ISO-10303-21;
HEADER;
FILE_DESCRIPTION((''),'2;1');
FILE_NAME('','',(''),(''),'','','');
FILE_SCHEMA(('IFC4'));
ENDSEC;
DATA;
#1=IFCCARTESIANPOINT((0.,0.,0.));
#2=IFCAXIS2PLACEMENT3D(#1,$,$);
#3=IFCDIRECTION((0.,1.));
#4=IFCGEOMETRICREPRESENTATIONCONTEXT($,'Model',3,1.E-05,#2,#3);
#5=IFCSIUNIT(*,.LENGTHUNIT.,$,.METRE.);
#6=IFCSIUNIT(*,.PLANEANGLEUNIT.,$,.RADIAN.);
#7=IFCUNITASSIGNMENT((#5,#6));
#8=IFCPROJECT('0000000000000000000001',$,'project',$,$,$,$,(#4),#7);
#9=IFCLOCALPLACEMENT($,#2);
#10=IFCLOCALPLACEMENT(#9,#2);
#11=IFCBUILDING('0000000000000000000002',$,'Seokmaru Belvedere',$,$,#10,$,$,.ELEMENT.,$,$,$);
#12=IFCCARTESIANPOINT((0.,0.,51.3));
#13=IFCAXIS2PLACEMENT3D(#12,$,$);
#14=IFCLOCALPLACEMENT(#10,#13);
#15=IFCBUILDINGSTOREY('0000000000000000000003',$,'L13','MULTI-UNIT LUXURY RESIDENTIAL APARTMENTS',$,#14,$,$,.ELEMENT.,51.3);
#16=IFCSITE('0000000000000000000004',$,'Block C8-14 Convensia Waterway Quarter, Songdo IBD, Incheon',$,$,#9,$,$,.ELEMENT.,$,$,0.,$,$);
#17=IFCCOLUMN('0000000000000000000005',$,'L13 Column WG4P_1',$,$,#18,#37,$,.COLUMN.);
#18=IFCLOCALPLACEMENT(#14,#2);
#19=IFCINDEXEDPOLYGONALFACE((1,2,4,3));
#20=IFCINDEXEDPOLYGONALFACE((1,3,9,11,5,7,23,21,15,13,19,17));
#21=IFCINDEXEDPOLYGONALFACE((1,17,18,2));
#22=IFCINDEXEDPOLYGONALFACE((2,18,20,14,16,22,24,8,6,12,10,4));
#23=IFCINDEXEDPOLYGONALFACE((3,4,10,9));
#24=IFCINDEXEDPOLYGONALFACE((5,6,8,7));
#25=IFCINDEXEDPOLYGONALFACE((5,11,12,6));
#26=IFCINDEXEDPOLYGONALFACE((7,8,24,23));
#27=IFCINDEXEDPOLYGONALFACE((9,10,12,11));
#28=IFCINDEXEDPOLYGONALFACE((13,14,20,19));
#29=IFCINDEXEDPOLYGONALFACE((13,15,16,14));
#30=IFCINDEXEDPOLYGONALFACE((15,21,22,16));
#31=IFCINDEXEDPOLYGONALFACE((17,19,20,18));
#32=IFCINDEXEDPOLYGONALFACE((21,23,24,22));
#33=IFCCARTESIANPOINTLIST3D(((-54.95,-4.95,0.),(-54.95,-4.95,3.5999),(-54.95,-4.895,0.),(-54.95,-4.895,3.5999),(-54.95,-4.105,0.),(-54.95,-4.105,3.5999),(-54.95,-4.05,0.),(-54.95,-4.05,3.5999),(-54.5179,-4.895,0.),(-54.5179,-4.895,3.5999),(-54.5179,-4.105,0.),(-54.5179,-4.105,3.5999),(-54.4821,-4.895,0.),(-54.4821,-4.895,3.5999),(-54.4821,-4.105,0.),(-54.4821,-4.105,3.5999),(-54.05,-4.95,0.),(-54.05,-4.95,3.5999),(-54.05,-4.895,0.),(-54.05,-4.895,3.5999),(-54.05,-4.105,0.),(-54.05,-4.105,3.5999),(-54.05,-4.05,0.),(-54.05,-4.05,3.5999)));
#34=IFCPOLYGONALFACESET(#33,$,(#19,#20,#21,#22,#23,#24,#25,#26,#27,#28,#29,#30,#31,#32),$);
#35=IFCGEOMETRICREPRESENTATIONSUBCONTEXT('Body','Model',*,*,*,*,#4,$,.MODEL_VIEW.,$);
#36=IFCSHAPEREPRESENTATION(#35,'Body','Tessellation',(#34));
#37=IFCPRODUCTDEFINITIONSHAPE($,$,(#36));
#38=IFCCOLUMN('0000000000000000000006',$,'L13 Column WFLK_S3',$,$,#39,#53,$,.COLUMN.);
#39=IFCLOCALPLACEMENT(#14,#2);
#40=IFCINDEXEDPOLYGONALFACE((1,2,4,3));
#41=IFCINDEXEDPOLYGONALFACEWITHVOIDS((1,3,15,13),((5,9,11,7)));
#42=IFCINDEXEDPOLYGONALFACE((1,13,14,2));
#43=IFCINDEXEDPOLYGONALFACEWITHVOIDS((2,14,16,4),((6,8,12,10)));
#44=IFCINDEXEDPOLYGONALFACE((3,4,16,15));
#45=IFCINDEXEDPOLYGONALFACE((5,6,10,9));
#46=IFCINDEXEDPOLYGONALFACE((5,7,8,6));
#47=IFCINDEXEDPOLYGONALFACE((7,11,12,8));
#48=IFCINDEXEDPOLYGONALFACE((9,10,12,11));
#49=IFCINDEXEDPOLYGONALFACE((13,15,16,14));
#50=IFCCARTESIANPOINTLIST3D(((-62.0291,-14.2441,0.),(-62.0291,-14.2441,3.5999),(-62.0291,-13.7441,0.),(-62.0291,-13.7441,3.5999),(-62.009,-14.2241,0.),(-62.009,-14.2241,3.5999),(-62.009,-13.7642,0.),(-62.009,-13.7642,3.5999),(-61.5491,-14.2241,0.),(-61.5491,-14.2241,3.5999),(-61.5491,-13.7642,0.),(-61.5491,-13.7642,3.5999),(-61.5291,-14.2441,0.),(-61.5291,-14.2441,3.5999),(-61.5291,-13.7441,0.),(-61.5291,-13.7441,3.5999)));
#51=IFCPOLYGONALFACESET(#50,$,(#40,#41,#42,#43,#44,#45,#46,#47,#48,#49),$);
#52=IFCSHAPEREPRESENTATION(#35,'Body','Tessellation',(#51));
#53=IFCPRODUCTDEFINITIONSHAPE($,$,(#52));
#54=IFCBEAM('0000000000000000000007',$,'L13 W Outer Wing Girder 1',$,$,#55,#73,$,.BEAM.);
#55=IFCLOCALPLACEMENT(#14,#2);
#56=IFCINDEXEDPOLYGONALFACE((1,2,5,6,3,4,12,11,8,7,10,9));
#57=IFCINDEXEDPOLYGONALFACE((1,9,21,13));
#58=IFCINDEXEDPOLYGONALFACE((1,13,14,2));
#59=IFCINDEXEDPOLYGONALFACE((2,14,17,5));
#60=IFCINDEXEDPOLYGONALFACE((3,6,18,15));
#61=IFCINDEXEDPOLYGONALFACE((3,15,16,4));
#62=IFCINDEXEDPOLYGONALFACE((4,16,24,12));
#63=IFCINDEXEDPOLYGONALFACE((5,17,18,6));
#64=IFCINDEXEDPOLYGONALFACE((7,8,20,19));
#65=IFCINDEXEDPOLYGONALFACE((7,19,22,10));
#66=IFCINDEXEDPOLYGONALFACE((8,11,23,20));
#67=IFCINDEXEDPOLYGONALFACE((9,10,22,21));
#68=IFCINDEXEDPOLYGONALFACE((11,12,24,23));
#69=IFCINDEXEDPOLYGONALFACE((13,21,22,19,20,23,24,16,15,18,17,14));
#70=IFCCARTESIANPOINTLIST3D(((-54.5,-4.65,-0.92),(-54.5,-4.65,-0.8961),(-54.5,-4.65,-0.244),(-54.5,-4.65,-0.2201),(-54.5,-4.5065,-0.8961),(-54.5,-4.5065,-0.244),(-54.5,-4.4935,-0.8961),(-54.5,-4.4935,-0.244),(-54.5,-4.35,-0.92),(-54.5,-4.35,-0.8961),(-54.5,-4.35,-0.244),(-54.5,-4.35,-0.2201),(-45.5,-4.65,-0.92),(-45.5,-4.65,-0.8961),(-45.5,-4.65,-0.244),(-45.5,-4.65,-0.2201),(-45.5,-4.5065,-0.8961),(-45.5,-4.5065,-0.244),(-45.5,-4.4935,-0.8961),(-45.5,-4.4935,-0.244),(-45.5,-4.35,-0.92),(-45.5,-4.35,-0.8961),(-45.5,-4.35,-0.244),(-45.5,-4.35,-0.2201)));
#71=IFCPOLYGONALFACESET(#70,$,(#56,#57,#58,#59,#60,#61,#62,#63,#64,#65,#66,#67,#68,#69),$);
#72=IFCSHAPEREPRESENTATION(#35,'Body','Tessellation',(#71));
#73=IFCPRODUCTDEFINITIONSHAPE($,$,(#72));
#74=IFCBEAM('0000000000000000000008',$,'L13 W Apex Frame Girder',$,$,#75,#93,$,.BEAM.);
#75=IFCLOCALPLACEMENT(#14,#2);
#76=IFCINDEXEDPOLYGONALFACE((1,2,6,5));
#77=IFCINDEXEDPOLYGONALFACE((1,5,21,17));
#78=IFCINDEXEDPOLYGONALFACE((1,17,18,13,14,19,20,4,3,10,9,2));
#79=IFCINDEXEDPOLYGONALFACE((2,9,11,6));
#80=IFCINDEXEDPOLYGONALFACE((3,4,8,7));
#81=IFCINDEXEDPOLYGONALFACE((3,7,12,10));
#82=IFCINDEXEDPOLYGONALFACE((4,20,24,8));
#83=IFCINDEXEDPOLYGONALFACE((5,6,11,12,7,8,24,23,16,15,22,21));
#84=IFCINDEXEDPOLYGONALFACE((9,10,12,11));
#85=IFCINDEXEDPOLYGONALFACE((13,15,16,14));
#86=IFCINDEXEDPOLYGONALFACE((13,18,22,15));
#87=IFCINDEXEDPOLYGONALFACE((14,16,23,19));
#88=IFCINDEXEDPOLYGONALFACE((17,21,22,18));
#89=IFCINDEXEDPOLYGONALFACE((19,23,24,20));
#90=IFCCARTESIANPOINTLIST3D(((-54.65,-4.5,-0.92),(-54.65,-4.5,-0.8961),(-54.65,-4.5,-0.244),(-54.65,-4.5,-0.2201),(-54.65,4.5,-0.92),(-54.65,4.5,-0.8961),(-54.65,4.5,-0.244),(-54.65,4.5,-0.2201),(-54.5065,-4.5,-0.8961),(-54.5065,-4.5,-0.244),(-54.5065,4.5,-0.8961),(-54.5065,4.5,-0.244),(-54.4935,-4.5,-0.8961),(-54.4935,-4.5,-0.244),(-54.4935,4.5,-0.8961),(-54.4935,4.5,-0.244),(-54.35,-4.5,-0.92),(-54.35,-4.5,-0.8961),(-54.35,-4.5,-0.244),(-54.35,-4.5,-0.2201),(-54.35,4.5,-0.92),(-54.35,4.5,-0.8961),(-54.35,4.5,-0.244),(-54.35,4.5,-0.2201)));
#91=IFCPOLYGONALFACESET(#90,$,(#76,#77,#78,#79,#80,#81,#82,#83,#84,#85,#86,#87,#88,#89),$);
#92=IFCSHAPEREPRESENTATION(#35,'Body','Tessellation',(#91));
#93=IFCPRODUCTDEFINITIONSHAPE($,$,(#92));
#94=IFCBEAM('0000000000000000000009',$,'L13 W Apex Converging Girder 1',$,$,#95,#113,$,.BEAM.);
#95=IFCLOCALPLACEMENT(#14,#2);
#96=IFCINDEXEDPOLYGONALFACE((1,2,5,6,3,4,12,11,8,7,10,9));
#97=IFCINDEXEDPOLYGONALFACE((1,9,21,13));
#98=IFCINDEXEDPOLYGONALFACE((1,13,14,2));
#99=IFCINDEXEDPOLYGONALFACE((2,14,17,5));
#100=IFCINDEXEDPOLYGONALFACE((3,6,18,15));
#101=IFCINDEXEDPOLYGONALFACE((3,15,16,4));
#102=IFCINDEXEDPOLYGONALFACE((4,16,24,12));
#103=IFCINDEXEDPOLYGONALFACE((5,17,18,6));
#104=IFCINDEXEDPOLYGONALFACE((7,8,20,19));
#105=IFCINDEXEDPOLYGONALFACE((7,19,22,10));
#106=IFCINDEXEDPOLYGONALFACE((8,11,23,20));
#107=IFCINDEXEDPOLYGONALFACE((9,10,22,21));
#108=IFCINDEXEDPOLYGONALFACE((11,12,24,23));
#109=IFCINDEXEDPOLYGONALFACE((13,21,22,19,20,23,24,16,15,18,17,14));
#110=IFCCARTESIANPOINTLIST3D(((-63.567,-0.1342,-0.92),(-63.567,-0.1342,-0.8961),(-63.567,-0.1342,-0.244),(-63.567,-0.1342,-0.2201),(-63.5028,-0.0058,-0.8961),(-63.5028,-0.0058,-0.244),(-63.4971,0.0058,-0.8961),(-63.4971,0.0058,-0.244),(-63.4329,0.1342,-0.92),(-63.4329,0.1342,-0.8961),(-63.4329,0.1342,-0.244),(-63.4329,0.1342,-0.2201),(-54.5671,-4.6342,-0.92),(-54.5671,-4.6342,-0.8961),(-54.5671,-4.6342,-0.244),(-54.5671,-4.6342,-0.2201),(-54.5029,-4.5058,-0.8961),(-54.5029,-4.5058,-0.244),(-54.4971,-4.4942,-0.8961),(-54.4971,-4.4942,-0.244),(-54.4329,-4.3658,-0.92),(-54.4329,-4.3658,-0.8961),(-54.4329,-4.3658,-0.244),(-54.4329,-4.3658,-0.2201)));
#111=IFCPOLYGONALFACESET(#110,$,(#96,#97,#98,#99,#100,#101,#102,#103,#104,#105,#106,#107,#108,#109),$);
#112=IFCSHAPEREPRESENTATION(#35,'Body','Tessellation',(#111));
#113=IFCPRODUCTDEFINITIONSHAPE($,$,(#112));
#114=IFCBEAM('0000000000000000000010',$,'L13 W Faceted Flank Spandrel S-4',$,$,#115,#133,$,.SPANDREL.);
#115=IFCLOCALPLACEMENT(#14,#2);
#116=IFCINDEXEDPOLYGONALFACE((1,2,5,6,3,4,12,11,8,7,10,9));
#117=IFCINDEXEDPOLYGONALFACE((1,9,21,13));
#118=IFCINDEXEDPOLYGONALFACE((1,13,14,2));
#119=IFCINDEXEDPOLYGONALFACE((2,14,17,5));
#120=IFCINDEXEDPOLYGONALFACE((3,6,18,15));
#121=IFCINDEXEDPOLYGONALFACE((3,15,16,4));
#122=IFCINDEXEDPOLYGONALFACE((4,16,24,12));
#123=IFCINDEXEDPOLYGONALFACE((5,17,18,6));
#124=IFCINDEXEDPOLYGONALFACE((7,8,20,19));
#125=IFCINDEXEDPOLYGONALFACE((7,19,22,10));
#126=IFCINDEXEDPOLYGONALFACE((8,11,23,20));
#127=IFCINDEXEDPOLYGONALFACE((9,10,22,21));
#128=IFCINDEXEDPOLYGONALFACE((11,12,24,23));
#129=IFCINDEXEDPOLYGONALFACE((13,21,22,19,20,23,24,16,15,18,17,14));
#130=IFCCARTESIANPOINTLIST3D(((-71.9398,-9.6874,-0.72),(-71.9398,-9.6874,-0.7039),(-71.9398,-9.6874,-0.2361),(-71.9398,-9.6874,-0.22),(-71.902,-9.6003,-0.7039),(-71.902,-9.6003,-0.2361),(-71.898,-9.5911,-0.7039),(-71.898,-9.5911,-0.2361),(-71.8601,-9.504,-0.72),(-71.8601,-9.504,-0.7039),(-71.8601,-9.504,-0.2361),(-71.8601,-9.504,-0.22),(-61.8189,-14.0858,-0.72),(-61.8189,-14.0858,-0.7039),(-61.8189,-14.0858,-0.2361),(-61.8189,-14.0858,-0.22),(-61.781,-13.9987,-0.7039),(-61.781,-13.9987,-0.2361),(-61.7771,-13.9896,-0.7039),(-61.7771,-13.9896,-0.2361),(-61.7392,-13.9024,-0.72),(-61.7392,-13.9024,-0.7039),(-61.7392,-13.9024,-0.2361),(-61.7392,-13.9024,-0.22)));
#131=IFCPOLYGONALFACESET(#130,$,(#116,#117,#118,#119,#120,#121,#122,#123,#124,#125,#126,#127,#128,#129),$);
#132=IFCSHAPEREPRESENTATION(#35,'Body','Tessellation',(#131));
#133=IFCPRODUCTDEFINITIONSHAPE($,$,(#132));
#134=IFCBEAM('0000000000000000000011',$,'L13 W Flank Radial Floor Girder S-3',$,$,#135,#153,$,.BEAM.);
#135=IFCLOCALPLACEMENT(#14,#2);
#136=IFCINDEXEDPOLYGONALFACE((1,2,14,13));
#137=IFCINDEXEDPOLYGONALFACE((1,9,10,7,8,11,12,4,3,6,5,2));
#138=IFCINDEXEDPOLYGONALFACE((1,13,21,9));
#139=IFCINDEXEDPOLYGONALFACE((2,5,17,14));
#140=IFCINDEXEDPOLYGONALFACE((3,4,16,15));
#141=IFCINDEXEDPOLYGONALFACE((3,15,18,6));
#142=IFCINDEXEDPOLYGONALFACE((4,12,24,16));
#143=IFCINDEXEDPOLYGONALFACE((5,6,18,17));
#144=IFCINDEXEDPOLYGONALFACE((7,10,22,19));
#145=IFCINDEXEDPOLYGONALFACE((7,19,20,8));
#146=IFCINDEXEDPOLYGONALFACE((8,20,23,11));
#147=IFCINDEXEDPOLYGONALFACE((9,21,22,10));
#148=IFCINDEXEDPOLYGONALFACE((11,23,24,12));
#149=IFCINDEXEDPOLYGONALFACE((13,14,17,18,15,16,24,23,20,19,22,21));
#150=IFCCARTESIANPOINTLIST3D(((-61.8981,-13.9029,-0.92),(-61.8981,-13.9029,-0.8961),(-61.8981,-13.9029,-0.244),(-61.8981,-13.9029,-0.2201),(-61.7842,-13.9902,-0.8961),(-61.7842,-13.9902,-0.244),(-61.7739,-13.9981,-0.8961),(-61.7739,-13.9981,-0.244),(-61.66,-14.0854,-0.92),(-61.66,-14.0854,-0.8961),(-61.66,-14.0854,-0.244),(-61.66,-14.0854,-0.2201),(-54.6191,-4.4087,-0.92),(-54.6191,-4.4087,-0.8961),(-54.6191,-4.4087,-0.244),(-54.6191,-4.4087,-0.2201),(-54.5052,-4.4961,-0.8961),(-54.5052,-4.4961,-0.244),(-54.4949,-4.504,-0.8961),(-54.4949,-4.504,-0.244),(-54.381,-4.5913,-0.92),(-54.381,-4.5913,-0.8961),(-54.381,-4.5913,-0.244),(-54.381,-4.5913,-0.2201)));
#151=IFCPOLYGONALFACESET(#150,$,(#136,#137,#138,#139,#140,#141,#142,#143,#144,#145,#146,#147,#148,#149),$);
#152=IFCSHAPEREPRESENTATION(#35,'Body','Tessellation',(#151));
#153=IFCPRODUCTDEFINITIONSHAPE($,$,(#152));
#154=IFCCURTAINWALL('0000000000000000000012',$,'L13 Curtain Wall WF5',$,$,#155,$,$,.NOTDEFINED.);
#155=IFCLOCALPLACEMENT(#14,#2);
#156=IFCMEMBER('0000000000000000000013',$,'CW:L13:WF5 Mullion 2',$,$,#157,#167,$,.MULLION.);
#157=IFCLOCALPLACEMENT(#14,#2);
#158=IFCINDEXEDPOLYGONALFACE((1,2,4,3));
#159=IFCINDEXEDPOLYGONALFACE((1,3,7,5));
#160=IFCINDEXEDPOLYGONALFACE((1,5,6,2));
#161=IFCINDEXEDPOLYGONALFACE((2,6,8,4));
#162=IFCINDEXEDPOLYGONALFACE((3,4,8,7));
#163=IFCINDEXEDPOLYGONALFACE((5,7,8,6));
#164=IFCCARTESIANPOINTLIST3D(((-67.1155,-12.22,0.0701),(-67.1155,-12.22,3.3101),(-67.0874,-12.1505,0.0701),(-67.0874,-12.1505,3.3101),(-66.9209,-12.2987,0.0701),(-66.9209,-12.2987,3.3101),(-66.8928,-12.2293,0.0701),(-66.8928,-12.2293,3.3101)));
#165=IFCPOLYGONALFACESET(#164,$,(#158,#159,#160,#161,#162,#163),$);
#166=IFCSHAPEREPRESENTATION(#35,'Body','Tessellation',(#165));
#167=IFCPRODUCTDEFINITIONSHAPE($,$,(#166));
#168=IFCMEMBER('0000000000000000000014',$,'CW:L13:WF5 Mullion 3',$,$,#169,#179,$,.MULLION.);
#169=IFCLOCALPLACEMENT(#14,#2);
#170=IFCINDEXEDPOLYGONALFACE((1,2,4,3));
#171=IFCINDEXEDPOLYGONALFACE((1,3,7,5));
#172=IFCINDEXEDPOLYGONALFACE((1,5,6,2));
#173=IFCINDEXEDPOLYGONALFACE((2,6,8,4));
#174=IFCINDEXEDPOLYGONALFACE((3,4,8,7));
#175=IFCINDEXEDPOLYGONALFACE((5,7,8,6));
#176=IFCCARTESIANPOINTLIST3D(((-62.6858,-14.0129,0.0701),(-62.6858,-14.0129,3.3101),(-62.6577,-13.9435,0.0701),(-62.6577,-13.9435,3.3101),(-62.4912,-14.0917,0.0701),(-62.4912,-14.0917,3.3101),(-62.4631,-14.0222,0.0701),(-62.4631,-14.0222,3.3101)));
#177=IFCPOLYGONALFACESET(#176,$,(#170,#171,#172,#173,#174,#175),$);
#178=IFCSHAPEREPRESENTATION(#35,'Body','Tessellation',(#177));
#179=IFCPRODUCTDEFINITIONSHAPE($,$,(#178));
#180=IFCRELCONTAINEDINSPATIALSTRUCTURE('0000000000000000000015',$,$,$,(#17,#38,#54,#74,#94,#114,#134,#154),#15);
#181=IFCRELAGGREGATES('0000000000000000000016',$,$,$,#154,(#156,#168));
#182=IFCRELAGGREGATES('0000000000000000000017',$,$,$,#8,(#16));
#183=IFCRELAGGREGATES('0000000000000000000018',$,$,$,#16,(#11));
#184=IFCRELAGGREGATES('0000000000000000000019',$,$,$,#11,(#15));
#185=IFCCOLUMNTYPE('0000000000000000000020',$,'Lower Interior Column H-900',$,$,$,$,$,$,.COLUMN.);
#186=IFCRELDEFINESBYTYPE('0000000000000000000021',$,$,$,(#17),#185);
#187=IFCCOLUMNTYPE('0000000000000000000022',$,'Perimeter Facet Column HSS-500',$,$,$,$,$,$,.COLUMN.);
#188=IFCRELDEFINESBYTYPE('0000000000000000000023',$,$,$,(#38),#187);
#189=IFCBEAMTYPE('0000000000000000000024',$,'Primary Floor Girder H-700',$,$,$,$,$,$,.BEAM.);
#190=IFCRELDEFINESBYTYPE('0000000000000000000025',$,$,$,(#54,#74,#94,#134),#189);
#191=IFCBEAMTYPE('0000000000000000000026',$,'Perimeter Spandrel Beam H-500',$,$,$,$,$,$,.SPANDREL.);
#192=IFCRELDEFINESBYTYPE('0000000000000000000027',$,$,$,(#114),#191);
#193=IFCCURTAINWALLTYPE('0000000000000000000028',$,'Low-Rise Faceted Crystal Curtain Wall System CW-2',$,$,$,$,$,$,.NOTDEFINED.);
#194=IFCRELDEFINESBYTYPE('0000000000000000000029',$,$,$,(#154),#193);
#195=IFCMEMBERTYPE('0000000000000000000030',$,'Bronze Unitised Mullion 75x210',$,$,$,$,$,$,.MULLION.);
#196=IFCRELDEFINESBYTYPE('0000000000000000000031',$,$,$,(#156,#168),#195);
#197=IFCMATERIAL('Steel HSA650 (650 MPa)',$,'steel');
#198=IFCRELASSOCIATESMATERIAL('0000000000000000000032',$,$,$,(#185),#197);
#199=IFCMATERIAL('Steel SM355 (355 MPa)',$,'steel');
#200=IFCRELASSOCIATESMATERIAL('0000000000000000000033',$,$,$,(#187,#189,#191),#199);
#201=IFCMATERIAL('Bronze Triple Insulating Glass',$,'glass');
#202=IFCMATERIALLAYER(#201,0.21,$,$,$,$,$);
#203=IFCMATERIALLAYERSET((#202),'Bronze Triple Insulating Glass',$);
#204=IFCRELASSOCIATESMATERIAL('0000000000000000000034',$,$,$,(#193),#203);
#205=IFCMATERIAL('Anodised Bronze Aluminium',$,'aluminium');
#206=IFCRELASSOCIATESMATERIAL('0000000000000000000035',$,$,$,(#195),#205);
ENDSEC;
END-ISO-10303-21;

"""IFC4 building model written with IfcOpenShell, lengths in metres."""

from ifc_helpers import new_model, si_unit, direction, frame, origin, origin_2d, place, context, subcontext, project, spatial, rectangle, hollow_rectangle, i_section, extrude, source, transform, mapped, material, layer, layer_set, material_profile, profile_set, type_object, type_shapes, element, aggregate, save


model = new_model("IFC4")

# Units and contexts
model_context = context("Model", 3, precision=1e-05, world=origin(), true_north=direction((0.0, 1.0)))
body_context = subcontext(model_context, "Body", "Model", "MODEL_VIEW")
ifc_project = project(units=[si_unit("LENGTHUNIT", "METRE"), si_unit("PLANEANGLEUNIT", "RADIAN")], contexts=[model_context])

# Site, building, storey
site_placement = place(None, origin())
site = spatial("IfcSite", under=ifc_project, at=site_placement, Name="Block C8-14 Convensia Waterway Quarter, Songdo IBD, Incheon", CompositionType="ELEMENT", RefElevation=0.0)
building_placement = place(site_placement, origin())
building = spatial("IfcBuilding", under=site, at=building_placement, Name="Seokmaru Belvedere", CompositionType="ELEMENT")
storey_placement = place(building_placement, frame((0.0, 0.0, 51.3)))
storey = spatial("IfcBuildingStorey", under=building, at=storey_placement, Name="L13", Description="MULTI-UNIT LUXURY RESIDENTIAL APARTMENTS", CompositionType="ELEMENT", Elevation=51.3)

# Columns
ifc_material_1 = material(Name="Steel HSA650 (650 MPa)", Category="steel")
ifc_material_profile_1 = material_profile(ifc_material_1, i_section(OverallWidth=0.8999, OverallDepth=0.8999, WebThickness=0.0359, FlangeThickness=0.0549, at=origin_2d()), Name="H-900x900x36x55")
ifc_profile_set_1 = profile_set([ifc_material_profile_1], Name="Steel HSA650 (650 MPa)")
column_type_1 = type_object("IfcColumnType", Name="Lower Interior Column H-900", PredefinedType="COLUMN", material=ifc_profile_set_1)
shared_shape_1 = source(origin(), body_context, "Body", "SweptSolid", [
    extrude(i_section(OverallWidth=0.8999, OverallDepth=0.8999, WebThickness=0.0359, FlangeThickness=0.0549, at=origin_2d()), origin(), (0.0, 0.0, 1.0), 3.5999),
])
type_shapes(column_type_1, [shared_shape_1])
column_1_placement = place(storey_placement, frame((-54.5, -4.5, 0.0), z_axis=(0.0, 0.0, 1.0), x_axis=(1.0, 0.0, 0.0)))
element("IfcColumn", 1, at=column_1_placement, inside=storey, type_object=column_type_1, Name="L13 Column WG4P_1", PredefinedType="COLUMN", context=body_context, shape_type="MappedRepresentation", body=[
    mapped(shared_shape_1, transform((0.0, 0.0, 0.0), scale=1.0)),
])
ifc_material_2 = material(Name="Steel SM355 (355 MPa)", Category="steel")
ifc_material_profile_2 = material_profile(ifc_material_2, hollow_rectangle(XDim=0.5, YDim=0.5, WallThickness=0.02, at=origin_2d()), Name="HSS-500x500x20")
ifc_profile_set_2 = profile_set([ifc_material_profile_2], Name="Steel SM355 (355 MPa)")
column_type_2 = type_object("IfcColumnType", Name="Perimeter Facet Column HSS-500", PredefinedType="COLUMN", material=ifc_profile_set_2)
shared_shape_2 = source(origin(), body_context, "Body", "SweptSolid", [
    extrude(hollow_rectangle(XDim=0.5, YDim=0.5, WallThickness=0.02, at=origin_2d()), origin(), (0.0, 0.0, 1.0), 3.5999),
])
type_shapes(column_type_2, [shared_shape_2])
column_2_placement = place(storey_placement, frame((-61.7791, -13.9941, 0.0), z_axis=(0.0, 0.0, 1.0), x_axis=(1.0, 0.0, 0.0)))
element("IfcColumn", 2, at=column_2_placement, inside=storey, type_object=column_type_2, Name="L13 Column WFLK_S3", PredefinedType="COLUMN", context=body_context, shape_type="MappedRepresentation", body=[
    mapped(shared_shape_2, transform((0.0, 0.0, 0.0), scale=1.0)),
])

# Beams
ifc_material_profile_3 = material_profile(ifc_material_2, i_section(OverallWidth=0.3, OverallDepth=0.7, WebThickness=0.0129, FlangeThickness=0.0239, at=origin_2d()), Name="H-700x300x13x24")
ifc_profile_set_3 = profile_set([ifc_material_profile_3], Name="Steel SM355 (355 MPa)")
beam_type_1 = type_object("IfcBeamType", Name="Primary Floor Girder H-700", PredefinedType="BEAM", material=ifc_profile_set_3)
shared_shape_3 = source(origin(), body_context, "Body", "SweptSolid", [
    extrude(i_section(OverallWidth=0.3, OverallDepth=0.7, WebThickness=0.0129, FlangeThickness=0.0239, at=origin_2d()), origin(), (0.0, 0.0, 1.0), 9.0),
])
for number, where, z_axis, x_axis, name in (
    (3, (-54.5, -4.5, -0.5701), (1.0, 0.0, 0.0), (0.0, 1.0, 0.0), "L13 W Outer Wing Girder 1"),
    (4, (-54.5, -4.5, -0.5701), (0.0, 1.0, 0.0), (-1.0, 0.0, 0.0), "L13 W Apex Frame Girder"),
):
    element("IfcBeam", number, at=place(storey_placement, frame(where, z_axis=z_axis, x_axis=x_axis)), inside=storey, type_object=beam_type_1, Name=name, PredefinedType="BEAM", context=body_context, shape_type="MappedRepresentation", body=[
        mapped(shared_shape_3, transform((0.0, 0.0, 0.0), scale=1.0)),
    ])
shared_shape_4 = source(origin(), body_context, "Body", "SweptSolid", [
    extrude(i_section(OverallWidth=0.3, OverallDepth=0.7, WebThickness=0.0129, FlangeThickness=0.0239, at=origin_2d()), origin(), (0.0, 0.0, 1.0), 10.0623),
])
beam_1_placement = place(storey_placement, frame((-54.5, -4.5, -0.5701), z_axis=(-0.894427, 0.447214, 0.0), x_axis=(-0.447214, -0.894427, 0.0)))
element("IfcBeam", 5, at=beam_1_placement, inside=storey, type_object=beam_type_1, Name="L13 W Apex Converging Girder 1", PredefinedType="BEAM", context=body_context, shape_type="MappedRepresentation", body=[
    mapped(shared_shape_4, transform((0.0, 0.0, 0.0), scale=1.0)),
])
ifc_material_profile_4 = material_profile(ifc_material_2, i_section(OverallWidth=0.2, OverallDepth=0.5, WebThickness=0.01, FlangeThickness=0.0161, at=origin_2d()), Name="H-500x200x10x16")
ifc_profile_set_4 = profile_set([ifc_material_profile_4], Name="Steel SM355 (355 MPa)")
beam_type_2 = type_object("IfcBeamType", Name="Perimeter Spandrel Beam H-500", PredefinedType="SPANDREL", material=ifc_profile_set_4)
shared_shape_5 = source(origin(), body_context, "Body", "SweptSolid", [
    extrude(i_section(OverallWidth=0.2, OverallDepth=0.5, WebThickness=0.01, FlangeThickness=0.0161, at=origin_2d()), origin(), (0.0, 0.0, 1.0), 11.0354),
])
type_shapes(beam_type_2, [shared_shape_5])
beam_2_placement = place(storey_placement, frame((-61.7791, -13.9941, -0.47), z_axis=(-0.917134, 0.398579, 0.0), x_axis=(-0.398579, -0.917134, 0.0)))
element("IfcBeam", 6, at=beam_2_placement, inside=storey, type_object=beam_type_2, Name="L13 W Faceted Flank Spandrel S-4", PredefinedType="SPANDREL", context=body_context, shape_type="MappedRepresentation", body=[
    mapped(shared_shape_5, transform((0.0, 0.0, 0.0), scale=1.0)),
])
shared_shape_6 = source(origin(), body_context, "Body", "SweptSolid", [
    extrude(i_section(OverallWidth=0.3, OverallDepth=0.7, WebThickness=0.0129, FlangeThickness=0.0239, at=origin_2d()), origin(), (0.0, 0.0, 1.0), 11.9634),
])
type_shapes(beam_type_1, [shared_shape_3, shared_shape_4, shared_shape_6])
beam_3_placement = place(storey_placement, frame((-61.7791, -13.9941, -0.5701), z_axis=(0.608443, 0.793598, 0.0), x_axis=(-0.793598, 0.608443, 0.0)))
element("IfcBeam", 7, at=beam_3_placement, inside=storey, type_object=beam_type_1, Name="L13 W Flank Radial Floor Girder S-3", PredefinedType="BEAM", context=body_context, shape_type="MappedRepresentation", body=[
    mapped(shared_shape_6, transform((0.0, 0.0, 0.0), scale=1.0)),
])

# Curtain wall, members
ifc_material_3 = material(Name="Bronze Triple Insulating Glass", Category="glass")
ifc_layer_1 = layer(ifc_material_3, 0.21)
ifc_layer_set_1 = layer_set([ifc_layer_1], Name="Bronze Triple Insulating Glass")
curtain_wall_type = type_object("IfcCurtainWallType", Name="Low-Rise Faceted Crystal Curtain Wall System CW-2", PredefinedType="NOTDEFINED", material=ifc_layer_set_1)
curtain_wall_placement = place(storey_placement, origin())
curtain_wall = element("IfcCurtainWall", 8, at=curtain_wall_placement, inside=storey, type_object=curtain_wall_type, Name="L13 Curtain Wall WF5", PredefinedType="NOTDEFINED")
ifc_material_4 = material(Name="Anodised Bronze Aluminium", Category="aluminium")
ifc_material_profile_5 = material_profile(ifc_material_4, rectangle(XDim=0.075, YDim=0.21, at=origin_2d()), Name="CW-M-75x210")
ifc_profile_set_5 = profile_set([ifc_material_profile_5], Name="Anodised Bronze Aluminium")
member_type = type_object("IfcMemberType", Name="Bronze Unitised Mullion 75x210", PredefinedType="MULLION", material=ifc_profile_set_5)
shared_shape_7 = source(origin(), body_context, "Body", "SweptSolid", [
    extrude(rectangle(XDim=0.075, YDim=0.21, at=origin_2d()), origin(), (0.0, 0.0, 1.0), 3.24),
])
type_shapes(member_type, [shared_shape_7])
member_1_placement = place(storey_placement, frame((-67.0042, -12.2246, 0.0701), z_axis=(0.0, 0.0, 1.0), x_axis=(0.375192, 0.926947, 0.0)))
member_1 = element("IfcMember", 9, at=member_1_placement, type_object=member_type, Name="CW:L13:WF5 Mullion 2", PredefinedType="MULLION", context=body_context, shape_type="MappedRepresentation", body=[
    mapped(shared_shape_7, transform((0.0, 0.0, 0.0), scale=1.0)),
])
member_2_placement = place(storey_placement, frame((-62.5745, -14.0176, 0.0701), z_axis=(0.0, 0.0, 1.0), x_axis=(0.375192, 0.926947, 0.0)))
member_2 = element("IfcMember", 10, at=member_2_placement, type_object=member_type, Name="CW:L13:WF5 Mullion 3", PredefinedType="MULLION", context=body_context, shape_type="MappedRepresentation", body=[
    mapped(shared_shape_7, transform((0.0, 0.0, 0.0), scale=1.0)),
])
aggregate(curtain_wall, [member_1, member_2])

save(model, "model.ifc")
